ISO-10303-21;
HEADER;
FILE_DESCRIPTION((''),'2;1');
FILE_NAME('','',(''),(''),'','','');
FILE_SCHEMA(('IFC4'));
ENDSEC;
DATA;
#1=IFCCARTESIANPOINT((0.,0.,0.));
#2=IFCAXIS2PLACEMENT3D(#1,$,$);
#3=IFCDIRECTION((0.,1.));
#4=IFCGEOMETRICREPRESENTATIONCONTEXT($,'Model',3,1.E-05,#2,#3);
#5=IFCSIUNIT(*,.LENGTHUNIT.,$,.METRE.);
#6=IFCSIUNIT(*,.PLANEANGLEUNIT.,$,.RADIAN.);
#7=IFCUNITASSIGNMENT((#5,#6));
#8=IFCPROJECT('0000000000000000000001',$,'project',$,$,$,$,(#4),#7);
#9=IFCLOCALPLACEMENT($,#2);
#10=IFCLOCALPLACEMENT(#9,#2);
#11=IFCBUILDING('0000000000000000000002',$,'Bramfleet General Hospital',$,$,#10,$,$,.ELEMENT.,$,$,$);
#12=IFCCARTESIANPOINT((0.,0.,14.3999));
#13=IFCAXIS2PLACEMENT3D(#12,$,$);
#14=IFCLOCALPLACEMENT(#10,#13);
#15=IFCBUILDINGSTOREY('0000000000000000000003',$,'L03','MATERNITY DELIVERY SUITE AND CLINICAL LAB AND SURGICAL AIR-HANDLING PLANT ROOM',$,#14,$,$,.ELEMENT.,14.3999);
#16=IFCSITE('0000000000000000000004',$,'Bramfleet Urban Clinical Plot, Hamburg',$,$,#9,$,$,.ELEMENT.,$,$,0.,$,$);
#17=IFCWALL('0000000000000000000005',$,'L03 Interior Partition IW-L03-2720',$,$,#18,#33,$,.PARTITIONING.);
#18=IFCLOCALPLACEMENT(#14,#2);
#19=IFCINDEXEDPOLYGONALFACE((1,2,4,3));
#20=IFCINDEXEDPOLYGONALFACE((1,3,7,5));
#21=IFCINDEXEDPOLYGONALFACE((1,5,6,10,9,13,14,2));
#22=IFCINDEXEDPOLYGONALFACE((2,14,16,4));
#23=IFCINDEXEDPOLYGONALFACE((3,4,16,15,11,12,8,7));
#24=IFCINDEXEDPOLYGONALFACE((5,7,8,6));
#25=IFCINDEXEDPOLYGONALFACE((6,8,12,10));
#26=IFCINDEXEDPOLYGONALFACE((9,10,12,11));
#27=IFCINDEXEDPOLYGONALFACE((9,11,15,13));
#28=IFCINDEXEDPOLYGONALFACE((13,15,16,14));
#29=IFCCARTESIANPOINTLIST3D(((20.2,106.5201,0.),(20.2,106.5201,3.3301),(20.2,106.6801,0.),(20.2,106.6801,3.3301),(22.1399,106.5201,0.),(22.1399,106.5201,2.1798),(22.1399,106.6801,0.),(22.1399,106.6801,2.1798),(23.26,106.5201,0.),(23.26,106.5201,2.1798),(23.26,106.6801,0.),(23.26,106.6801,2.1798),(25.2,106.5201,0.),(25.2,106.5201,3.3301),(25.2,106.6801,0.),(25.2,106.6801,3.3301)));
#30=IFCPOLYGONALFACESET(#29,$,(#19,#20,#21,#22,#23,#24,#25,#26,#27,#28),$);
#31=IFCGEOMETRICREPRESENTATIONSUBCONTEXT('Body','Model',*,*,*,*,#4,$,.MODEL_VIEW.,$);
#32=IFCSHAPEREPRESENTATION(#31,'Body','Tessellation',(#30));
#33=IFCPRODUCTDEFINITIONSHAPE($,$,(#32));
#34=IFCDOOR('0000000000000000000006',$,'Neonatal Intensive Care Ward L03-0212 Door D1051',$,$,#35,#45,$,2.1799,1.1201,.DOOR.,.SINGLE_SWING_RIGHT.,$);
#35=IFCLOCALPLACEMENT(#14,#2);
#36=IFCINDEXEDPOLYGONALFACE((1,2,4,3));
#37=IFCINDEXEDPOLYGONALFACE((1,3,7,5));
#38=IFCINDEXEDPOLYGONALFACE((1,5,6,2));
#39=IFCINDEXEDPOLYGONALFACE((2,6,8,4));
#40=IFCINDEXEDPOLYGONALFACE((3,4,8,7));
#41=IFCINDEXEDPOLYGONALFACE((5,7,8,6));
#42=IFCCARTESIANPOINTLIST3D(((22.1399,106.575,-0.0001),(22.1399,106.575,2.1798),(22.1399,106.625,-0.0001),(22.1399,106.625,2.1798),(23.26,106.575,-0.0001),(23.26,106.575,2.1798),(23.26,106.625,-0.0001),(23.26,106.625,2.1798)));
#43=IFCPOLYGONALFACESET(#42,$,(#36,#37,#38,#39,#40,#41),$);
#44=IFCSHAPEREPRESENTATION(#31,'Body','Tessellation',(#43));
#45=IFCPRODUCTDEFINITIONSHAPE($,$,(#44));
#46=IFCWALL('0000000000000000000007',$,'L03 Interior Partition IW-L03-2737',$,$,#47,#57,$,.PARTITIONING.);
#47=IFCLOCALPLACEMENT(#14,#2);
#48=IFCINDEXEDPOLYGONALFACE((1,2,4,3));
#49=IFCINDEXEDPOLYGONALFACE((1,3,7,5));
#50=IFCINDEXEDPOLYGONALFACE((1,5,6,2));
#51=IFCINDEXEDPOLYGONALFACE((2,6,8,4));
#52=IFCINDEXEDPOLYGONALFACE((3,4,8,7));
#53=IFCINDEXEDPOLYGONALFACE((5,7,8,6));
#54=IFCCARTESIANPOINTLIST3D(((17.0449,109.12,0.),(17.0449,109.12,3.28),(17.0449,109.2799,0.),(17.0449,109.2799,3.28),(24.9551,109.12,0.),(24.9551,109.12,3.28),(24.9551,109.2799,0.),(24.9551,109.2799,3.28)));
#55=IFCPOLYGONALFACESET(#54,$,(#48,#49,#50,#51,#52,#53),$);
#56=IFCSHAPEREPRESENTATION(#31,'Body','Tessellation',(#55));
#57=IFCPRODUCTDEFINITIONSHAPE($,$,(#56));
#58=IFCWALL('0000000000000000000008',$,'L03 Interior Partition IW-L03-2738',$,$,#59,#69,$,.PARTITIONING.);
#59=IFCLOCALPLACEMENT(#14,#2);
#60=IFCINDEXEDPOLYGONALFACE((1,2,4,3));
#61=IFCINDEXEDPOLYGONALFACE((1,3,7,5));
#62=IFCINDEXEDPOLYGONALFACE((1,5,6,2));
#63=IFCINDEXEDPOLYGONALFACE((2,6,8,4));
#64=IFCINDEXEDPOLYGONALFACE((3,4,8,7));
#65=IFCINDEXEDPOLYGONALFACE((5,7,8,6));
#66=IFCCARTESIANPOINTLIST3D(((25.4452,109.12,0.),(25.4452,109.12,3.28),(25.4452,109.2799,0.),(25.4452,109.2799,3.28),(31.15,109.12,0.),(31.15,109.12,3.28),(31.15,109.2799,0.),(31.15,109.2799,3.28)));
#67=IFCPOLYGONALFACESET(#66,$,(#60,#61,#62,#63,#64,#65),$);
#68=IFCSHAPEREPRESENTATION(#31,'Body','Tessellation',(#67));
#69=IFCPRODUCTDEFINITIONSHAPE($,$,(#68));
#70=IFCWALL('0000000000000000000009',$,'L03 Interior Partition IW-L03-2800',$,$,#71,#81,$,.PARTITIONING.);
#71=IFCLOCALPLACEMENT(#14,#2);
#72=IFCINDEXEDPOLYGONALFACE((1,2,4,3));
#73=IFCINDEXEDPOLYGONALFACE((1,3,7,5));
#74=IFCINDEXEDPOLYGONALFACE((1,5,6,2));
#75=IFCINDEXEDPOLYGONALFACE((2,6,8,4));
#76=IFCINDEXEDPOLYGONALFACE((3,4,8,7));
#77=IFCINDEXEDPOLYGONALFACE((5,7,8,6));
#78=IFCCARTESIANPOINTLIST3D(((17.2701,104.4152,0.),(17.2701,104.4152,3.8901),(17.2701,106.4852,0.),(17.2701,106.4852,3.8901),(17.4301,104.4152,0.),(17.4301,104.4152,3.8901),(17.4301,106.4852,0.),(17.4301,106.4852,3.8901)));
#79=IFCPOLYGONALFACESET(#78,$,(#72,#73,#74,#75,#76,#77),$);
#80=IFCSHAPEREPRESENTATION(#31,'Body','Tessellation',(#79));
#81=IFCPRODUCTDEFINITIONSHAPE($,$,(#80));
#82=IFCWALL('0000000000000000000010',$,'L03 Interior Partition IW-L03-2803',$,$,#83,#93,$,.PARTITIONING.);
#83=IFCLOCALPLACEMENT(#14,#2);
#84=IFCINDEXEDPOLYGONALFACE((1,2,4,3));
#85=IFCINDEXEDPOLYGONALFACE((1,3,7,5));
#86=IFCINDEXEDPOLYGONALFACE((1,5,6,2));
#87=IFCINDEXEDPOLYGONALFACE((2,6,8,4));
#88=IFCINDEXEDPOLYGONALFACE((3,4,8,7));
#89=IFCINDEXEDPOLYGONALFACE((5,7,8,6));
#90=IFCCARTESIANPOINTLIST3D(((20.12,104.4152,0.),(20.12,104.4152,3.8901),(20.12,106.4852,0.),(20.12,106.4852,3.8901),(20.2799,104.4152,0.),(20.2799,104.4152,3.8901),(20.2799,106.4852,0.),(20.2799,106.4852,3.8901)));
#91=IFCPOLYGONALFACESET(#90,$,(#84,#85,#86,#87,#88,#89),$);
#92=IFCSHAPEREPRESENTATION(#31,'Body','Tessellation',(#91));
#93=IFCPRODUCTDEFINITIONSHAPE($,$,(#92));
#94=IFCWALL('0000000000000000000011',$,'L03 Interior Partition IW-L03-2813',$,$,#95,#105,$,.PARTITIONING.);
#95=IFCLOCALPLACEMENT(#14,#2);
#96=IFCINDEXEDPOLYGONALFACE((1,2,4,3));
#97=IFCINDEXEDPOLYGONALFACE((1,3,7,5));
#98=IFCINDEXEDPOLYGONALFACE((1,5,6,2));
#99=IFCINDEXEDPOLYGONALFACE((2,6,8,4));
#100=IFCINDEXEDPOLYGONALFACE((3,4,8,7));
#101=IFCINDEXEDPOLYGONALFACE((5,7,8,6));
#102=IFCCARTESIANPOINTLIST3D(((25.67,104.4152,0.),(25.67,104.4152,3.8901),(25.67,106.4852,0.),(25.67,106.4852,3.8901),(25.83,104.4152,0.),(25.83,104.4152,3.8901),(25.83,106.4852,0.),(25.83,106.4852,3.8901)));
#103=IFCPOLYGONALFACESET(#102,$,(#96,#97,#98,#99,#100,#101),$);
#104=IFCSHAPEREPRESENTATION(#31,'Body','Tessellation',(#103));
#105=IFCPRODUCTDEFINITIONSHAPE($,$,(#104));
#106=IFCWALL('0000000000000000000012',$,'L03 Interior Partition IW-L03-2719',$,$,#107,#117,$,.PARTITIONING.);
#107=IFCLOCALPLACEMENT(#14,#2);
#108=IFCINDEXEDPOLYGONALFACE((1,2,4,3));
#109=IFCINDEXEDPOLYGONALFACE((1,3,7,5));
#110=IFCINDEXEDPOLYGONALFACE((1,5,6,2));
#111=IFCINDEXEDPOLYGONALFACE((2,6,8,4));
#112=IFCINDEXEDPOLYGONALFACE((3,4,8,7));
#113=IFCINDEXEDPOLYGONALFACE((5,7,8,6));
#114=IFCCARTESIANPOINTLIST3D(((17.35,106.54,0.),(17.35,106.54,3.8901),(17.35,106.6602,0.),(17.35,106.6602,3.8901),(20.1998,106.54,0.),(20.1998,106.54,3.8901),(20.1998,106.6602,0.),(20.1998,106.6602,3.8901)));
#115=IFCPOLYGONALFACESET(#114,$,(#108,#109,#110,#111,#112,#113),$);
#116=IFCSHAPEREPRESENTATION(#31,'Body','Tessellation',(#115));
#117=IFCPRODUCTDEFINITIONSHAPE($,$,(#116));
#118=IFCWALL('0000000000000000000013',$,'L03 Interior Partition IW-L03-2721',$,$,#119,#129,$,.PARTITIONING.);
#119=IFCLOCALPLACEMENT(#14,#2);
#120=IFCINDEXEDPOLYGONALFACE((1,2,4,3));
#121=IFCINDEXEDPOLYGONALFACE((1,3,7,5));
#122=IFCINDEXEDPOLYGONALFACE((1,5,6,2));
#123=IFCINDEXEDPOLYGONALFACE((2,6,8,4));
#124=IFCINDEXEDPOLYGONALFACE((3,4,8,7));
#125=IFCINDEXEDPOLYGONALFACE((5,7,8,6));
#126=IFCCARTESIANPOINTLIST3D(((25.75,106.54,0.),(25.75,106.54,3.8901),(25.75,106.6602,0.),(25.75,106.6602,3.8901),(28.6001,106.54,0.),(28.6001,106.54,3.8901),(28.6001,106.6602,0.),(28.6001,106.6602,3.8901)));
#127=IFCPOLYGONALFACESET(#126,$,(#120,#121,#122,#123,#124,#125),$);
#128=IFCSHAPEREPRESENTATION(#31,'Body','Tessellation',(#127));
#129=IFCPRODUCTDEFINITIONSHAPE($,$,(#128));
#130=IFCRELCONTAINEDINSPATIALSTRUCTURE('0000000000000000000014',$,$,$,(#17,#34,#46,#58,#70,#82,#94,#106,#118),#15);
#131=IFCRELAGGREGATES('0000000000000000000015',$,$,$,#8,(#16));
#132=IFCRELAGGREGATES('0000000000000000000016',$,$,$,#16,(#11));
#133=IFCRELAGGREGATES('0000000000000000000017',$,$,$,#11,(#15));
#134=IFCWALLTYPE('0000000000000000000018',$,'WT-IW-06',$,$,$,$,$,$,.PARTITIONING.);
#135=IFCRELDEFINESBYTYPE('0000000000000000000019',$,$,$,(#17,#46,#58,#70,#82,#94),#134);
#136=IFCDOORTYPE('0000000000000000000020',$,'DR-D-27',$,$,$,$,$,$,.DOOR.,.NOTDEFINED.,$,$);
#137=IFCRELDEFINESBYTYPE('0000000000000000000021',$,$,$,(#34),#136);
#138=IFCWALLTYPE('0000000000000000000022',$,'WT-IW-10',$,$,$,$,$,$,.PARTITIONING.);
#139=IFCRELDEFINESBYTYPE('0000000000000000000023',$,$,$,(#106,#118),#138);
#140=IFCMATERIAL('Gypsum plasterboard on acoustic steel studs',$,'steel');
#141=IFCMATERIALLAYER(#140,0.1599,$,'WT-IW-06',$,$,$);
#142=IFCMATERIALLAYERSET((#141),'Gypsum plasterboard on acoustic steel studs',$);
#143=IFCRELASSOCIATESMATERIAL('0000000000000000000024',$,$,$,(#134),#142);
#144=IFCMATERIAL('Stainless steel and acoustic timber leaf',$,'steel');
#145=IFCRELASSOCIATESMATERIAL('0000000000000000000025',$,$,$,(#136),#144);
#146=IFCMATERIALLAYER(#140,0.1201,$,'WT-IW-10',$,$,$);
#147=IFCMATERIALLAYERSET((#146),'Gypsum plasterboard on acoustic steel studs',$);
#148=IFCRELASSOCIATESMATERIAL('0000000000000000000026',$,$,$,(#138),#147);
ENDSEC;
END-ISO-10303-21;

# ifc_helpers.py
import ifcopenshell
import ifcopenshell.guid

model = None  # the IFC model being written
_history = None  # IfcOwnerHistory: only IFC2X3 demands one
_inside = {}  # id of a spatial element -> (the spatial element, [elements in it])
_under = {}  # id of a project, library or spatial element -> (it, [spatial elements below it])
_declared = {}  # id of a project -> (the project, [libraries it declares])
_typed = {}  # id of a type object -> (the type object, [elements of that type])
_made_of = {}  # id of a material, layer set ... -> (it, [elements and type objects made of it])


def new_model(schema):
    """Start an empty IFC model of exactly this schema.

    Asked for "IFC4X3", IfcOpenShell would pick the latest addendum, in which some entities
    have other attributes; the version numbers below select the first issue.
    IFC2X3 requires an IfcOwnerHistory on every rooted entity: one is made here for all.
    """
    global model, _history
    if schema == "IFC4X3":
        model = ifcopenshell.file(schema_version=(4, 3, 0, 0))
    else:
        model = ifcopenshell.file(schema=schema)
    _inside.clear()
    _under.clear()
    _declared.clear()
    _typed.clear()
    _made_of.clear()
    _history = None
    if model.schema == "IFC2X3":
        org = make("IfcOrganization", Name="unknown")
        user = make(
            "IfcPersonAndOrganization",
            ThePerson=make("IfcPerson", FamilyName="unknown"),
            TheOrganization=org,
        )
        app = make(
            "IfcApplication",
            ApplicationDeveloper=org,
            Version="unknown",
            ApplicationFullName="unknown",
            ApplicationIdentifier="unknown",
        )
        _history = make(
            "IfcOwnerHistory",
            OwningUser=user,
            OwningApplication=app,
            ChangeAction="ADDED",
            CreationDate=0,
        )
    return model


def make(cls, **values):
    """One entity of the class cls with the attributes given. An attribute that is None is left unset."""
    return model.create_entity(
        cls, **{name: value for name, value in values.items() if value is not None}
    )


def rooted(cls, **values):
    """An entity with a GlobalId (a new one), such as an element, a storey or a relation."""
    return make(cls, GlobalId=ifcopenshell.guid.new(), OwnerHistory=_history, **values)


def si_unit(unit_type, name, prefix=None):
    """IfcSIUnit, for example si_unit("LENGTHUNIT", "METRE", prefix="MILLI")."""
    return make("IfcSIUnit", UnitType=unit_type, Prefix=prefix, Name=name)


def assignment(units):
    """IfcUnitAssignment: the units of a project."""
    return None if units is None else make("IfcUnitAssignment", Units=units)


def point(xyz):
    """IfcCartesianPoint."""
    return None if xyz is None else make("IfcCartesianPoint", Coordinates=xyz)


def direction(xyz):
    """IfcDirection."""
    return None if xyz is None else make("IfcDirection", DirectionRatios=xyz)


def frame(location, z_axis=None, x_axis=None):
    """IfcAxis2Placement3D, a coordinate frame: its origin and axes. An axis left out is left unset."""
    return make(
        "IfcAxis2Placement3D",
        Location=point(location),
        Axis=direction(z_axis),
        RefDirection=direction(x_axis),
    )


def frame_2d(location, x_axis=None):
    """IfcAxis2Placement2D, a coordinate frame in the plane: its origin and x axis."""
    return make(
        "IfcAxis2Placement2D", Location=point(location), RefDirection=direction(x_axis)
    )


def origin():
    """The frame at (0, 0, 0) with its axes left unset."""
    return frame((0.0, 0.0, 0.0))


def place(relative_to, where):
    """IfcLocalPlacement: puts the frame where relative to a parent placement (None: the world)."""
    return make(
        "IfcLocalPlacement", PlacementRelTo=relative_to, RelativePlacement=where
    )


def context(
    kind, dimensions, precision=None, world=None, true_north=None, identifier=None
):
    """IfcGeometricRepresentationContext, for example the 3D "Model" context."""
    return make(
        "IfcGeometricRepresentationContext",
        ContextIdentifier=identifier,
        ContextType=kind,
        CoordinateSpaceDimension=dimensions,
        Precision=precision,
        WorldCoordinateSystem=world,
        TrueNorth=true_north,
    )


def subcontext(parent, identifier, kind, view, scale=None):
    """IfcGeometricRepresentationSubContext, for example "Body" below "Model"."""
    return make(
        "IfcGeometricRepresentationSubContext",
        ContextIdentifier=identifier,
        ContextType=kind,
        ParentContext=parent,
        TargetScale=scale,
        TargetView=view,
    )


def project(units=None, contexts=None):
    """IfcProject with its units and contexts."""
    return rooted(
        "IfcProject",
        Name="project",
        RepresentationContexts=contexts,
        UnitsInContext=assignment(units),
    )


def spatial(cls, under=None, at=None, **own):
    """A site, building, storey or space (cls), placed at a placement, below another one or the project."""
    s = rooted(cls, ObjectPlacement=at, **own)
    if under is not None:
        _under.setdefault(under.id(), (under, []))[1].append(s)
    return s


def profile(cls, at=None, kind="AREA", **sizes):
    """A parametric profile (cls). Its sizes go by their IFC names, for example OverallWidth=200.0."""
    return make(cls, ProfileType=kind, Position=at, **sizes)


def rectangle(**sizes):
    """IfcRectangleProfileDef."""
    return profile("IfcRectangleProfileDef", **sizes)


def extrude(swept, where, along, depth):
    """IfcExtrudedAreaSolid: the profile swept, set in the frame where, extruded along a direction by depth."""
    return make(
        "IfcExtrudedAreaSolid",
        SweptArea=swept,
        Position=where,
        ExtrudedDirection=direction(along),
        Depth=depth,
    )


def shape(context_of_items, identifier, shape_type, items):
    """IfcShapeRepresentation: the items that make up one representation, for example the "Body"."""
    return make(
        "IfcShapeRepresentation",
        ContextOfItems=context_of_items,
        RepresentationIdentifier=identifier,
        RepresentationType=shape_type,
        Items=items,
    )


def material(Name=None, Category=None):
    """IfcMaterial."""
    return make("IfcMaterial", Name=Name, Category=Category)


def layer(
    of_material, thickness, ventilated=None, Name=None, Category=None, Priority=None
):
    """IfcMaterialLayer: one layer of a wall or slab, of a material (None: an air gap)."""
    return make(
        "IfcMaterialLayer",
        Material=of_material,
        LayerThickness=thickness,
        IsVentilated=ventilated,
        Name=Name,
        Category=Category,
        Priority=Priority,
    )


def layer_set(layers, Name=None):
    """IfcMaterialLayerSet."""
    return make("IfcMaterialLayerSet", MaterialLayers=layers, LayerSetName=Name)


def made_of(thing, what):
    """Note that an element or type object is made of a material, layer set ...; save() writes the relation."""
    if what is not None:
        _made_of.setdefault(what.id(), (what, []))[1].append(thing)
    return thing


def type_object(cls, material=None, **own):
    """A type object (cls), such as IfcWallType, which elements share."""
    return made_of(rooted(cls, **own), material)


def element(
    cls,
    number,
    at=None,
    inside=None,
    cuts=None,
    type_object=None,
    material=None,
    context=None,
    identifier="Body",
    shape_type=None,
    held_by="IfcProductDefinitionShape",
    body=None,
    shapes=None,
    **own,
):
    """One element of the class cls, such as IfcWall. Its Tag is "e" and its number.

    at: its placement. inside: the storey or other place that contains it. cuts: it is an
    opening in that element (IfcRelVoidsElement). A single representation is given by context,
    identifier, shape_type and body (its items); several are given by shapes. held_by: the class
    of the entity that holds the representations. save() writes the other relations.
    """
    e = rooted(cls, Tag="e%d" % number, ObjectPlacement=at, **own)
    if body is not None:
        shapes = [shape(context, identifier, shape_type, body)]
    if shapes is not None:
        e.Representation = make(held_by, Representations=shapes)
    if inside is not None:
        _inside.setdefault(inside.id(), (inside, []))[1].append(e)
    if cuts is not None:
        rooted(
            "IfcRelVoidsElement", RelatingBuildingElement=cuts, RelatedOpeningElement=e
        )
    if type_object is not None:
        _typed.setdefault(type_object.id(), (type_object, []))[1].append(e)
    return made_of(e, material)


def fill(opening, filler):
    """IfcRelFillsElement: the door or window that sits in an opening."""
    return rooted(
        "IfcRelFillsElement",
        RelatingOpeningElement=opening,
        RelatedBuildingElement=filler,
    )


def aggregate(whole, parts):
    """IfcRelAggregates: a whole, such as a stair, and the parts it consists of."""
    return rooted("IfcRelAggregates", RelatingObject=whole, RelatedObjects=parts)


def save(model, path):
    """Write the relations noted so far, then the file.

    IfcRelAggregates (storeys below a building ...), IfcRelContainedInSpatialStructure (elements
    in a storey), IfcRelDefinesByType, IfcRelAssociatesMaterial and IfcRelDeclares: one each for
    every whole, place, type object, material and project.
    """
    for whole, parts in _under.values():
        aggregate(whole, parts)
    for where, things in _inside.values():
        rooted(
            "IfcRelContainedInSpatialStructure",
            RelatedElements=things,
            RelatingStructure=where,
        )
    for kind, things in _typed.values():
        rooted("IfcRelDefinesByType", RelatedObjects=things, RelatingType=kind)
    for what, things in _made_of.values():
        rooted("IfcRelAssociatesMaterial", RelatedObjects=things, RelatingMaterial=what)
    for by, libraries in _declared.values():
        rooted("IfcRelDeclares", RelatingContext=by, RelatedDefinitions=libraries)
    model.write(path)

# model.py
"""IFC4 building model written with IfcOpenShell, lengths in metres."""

from ifc_helpers import new_model, si_unit, direction, frame, frame_2d, origin, place, context, subcontext, project, spatial, rectangle, extrude, material, layer, layer_set, type_object, element, fill, save


model = new_model("IFC4")

# Units and contexts
model_context = context("Model", 3, precision=1e-05, world=origin(), true_north=direction((0.0, 1.0)))
body_context = subcontext(model_context, "Body", "Model", "MODEL_VIEW")
ifc_project = project(units=[si_unit("LENGTHUNIT", "METRE"), si_unit("PLANEANGLEUNIT", "RADIAN")], contexts=[model_context])

# Site, building, storey
site_placement = place(None, origin())
site = spatial("IfcSite", under=ifc_project, at=site_placement, Name="Bramfleet Urban Clinical Plot, Hamburg", CompositionType="ELEMENT", RefElevation=0.0)
building_placement = place(site_placement, origin())
building = spatial("IfcBuilding", under=site, at=building_placement, Name="Bramfleet General Hospital", CompositionType="ELEMENT")
storey_placement = place(building_placement, frame((0.0, 0.0, 14.3999)))
storey = spatial("IfcBuildingStorey", under=building, at=storey_placement, Name="L03", Description="MATERNITY DELIVERY SUITE AND CLINICAL LAB AND SURGICAL AIR-HANDLING PLANT ROOM", CompositionType="ELEMENT", Elevation=14.3999)

# Wall, opening, door
ifc_material_1 = material(Name="Gypsum plasterboard on acoustic steel studs", Category="steel")
ifc_layer_1 = layer(ifc_material_1, 0.1599, Name="WT-IW-06")
ifc_layer_set_1 = layer_set([ifc_layer_1], Name="Gypsum plasterboard on acoustic steel studs")
wall_type_1 = type_object("IfcWallType", Name="WT-IW-06", PredefinedType="PARTITIONING", material=ifc_layer_set_1)
ifc_material_2 = material(Name="Stainless steel and acoustic timber leaf", Category="steel")
wall_1_placement = place(storey_placement, frame((20.2, 106.6001, 0.0), z_axis=(0.0, 0.0, 1.0), x_axis=(1.0, 0.0, 0.0)))
wall_1 = element("IfcWall", 1, at=wall_1_placement, inside=storey, type_object=wall_type_1, Name="L03 Interior Partition IW-L03-2720", PredefinedType="PARTITIONING", context=body_context, shape_type="SweptSolid", body=[
    extrude(rectangle(XDim=5.0, YDim=0.1599, at=frame_2d((2.5, 0.0))), origin(), (0.0, 0.0, 1.0), 3.3301),
])
opening_1_placement = place(wall_1_placement, frame((1.9399, 0.0, 0.0)))
opening_1 = element("IfcOpeningElement", 2, at=opening_1_placement, cuts=wall_1, PredefinedType="OPENING", context=body_context, shape_type="SweptSolid", body=[
    extrude(rectangle(XDim=1.1201, YDim=2.1799, at=frame_2d((0.5601, 1.0898))), frame((0.0, 0.0898, 0.0), z_axis=(0.0, -1.0, 0.0), x_axis=(1.0, 0.0, 0.0)), (0.0, 0.0, 1.0), 0.1799),
])
door_type_1 = type_object("IfcDoorType", Name="DR-D-27", OperationType="NOTDEFINED", PredefinedType="DOOR", material=ifc_material_2)
door_1_placement = place(opening_1_placement, origin())
door_1 = element("IfcDoor", 3, at=door_1_placement, inside=storey, type_object=door_type_1, Name="Neonatal Intensive Care Ward L03-0212 Door D1051", OperationType="SINGLE_SWING_RIGHT", OverallHeight=2.1799, OverallWidth=1.1201, PredefinedType="DOOR", context=body_context, shape_type="SweptSolid", body=[
    extrude(rectangle(XDim=1.1201, YDim=2.1799, at=frame_2d((0.5601, 1.0898))), frame((0.0, 0.0249, 0.0), z_axis=(0.0, -1.0, 0.0), x_axis=(1.0, 0.0, 0.0)), (0.0, 0.0, 1.0), 0.05),
])
fill(opening_1, door_1)

# Walls
wall_2_placement = place(storey_placement, frame((17.0449, 109.2, 0.0), z_axis=(0.0, 0.0, 1.0), x_axis=(1.0, 0.0, 0.0)))
element("IfcWall", 4, at=wall_2_placement, inside=storey, type_object=wall_type_1, Name="L03 Interior Partition IW-L03-2737", PredefinedType="PARTITIONING", context=body_context, shape_type="SweptSolid", body=[
    extrude(rectangle(XDim=7.9102, YDim=0.1599, at=frame_2d((3.9551, 0.0))), origin(), (0.0, 0.0, 1.0), 3.28),
])
wall_3_placement = place(storey_placement, frame((25.4451, 109.2, 0.0), z_axis=(0.0, 0.0, 1.0), x_axis=(1.0, 0.0, 0.0)))
element("IfcWall", 5, at=wall_3_placement, inside=storey, type_object=wall_type_1, Name="L03 Interior Partition IW-L03-2738", PredefinedType="PARTITIONING", context=body_context, shape_type="SweptSolid", body=[
    extrude(rectangle(XDim=5.7048, YDim=0.1599, at=frame_2d((2.8525, 0.0))), origin(), (0.0, 0.0, 1.0), 3.28),
])
for number, where, z_axis, x_axis, name in (
    (6, (17.3501, 104.415, 0.0), (0.0, 0.0, 1.0), (0.0, 1.0, 0.0), "L03 Interior Partition IW-L03-2800"),
    (7, (20.2, 104.415, 0.0), (0.0, 0.0, 1.0), (0.0, 1.0, 0.0), "L03 Interior Partition IW-L03-2803"),
    (8, (25.75, 104.415, 0.0), (0.0, 0.0, 1.0), (0.0, 1.0, 0.0), "L03 Interior Partition IW-L03-2813"),
):
    element("IfcWall", number, at=place(storey_placement, frame(where, z_axis=z_axis, x_axis=x_axis)), inside=storey, type_object=wall_type_1, Name=name, PredefinedType="PARTITIONING", context=body_context, shape_type="SweptSolid", body=[
        extrude(rectangle(XDim=2.0701, YDim=0.1599, at=frame_2d((1.0352, 0.0))), origin(), (0.0, 0.0, 1.0), 3.8901),
    ])
ifc_layer_2 = layer(ifc_material_1, 0.1201, Name="WT-IW-10")
ifc_layer_set_2 = layer_set([ifc_layer_2], Name="Gypsum plasterboard on acoustic steel studs")
wall_type_2 = type_object("IfcWallType", Name="WT-IW-10", PredefinedType="PARTITIONING", material=ifc_layer_set_2)
wall_4_placement = place(storey_placement, frame((17.3501, 106.6001, 0.0), z_axis=(0.0, 0.0, 1.0), x_axis=(1.0, 0.0, 0.0)))
element("IfcWall", 9, at=wall_4_placement, inside=storey, type_object=wall_type_2, Name="L03 Interior Partition IW-L03-2719", PredefinedType="PARTITIONING", context=body_context, shape_type="SweptSolid", body=[
    extrude(rectangle(XDim=2.8499, YDim=0.1201, at=frame_2d((1.4248, 0.0))), origin(), (0.0, 0.0, 1.0), 3.8901),
])
wall_5_placement = place(storey_placement, frame((25.75, 106.6001, 0.0), z_axis=(0.0, 0.0, 1.0), x_axis=(1.0, 0.0, 0.0)))
element("IfcWall", 10, at=wall_5_placement, inside=storey, type_object=wall_type_2, Name="L03 Interior Partition IW-L03-2721", PredefinedType="PARTITIONING", context=body_context, shape_type="SweptSolid", body=[
    extrude(rectangle(XDim=2.8501, YDim=0.1201, at=frame_2d((1.425, 0.0))), origin(), (0.0, 0.0, 1.0), 3.8901),
])

save(model, "model.ifc")
